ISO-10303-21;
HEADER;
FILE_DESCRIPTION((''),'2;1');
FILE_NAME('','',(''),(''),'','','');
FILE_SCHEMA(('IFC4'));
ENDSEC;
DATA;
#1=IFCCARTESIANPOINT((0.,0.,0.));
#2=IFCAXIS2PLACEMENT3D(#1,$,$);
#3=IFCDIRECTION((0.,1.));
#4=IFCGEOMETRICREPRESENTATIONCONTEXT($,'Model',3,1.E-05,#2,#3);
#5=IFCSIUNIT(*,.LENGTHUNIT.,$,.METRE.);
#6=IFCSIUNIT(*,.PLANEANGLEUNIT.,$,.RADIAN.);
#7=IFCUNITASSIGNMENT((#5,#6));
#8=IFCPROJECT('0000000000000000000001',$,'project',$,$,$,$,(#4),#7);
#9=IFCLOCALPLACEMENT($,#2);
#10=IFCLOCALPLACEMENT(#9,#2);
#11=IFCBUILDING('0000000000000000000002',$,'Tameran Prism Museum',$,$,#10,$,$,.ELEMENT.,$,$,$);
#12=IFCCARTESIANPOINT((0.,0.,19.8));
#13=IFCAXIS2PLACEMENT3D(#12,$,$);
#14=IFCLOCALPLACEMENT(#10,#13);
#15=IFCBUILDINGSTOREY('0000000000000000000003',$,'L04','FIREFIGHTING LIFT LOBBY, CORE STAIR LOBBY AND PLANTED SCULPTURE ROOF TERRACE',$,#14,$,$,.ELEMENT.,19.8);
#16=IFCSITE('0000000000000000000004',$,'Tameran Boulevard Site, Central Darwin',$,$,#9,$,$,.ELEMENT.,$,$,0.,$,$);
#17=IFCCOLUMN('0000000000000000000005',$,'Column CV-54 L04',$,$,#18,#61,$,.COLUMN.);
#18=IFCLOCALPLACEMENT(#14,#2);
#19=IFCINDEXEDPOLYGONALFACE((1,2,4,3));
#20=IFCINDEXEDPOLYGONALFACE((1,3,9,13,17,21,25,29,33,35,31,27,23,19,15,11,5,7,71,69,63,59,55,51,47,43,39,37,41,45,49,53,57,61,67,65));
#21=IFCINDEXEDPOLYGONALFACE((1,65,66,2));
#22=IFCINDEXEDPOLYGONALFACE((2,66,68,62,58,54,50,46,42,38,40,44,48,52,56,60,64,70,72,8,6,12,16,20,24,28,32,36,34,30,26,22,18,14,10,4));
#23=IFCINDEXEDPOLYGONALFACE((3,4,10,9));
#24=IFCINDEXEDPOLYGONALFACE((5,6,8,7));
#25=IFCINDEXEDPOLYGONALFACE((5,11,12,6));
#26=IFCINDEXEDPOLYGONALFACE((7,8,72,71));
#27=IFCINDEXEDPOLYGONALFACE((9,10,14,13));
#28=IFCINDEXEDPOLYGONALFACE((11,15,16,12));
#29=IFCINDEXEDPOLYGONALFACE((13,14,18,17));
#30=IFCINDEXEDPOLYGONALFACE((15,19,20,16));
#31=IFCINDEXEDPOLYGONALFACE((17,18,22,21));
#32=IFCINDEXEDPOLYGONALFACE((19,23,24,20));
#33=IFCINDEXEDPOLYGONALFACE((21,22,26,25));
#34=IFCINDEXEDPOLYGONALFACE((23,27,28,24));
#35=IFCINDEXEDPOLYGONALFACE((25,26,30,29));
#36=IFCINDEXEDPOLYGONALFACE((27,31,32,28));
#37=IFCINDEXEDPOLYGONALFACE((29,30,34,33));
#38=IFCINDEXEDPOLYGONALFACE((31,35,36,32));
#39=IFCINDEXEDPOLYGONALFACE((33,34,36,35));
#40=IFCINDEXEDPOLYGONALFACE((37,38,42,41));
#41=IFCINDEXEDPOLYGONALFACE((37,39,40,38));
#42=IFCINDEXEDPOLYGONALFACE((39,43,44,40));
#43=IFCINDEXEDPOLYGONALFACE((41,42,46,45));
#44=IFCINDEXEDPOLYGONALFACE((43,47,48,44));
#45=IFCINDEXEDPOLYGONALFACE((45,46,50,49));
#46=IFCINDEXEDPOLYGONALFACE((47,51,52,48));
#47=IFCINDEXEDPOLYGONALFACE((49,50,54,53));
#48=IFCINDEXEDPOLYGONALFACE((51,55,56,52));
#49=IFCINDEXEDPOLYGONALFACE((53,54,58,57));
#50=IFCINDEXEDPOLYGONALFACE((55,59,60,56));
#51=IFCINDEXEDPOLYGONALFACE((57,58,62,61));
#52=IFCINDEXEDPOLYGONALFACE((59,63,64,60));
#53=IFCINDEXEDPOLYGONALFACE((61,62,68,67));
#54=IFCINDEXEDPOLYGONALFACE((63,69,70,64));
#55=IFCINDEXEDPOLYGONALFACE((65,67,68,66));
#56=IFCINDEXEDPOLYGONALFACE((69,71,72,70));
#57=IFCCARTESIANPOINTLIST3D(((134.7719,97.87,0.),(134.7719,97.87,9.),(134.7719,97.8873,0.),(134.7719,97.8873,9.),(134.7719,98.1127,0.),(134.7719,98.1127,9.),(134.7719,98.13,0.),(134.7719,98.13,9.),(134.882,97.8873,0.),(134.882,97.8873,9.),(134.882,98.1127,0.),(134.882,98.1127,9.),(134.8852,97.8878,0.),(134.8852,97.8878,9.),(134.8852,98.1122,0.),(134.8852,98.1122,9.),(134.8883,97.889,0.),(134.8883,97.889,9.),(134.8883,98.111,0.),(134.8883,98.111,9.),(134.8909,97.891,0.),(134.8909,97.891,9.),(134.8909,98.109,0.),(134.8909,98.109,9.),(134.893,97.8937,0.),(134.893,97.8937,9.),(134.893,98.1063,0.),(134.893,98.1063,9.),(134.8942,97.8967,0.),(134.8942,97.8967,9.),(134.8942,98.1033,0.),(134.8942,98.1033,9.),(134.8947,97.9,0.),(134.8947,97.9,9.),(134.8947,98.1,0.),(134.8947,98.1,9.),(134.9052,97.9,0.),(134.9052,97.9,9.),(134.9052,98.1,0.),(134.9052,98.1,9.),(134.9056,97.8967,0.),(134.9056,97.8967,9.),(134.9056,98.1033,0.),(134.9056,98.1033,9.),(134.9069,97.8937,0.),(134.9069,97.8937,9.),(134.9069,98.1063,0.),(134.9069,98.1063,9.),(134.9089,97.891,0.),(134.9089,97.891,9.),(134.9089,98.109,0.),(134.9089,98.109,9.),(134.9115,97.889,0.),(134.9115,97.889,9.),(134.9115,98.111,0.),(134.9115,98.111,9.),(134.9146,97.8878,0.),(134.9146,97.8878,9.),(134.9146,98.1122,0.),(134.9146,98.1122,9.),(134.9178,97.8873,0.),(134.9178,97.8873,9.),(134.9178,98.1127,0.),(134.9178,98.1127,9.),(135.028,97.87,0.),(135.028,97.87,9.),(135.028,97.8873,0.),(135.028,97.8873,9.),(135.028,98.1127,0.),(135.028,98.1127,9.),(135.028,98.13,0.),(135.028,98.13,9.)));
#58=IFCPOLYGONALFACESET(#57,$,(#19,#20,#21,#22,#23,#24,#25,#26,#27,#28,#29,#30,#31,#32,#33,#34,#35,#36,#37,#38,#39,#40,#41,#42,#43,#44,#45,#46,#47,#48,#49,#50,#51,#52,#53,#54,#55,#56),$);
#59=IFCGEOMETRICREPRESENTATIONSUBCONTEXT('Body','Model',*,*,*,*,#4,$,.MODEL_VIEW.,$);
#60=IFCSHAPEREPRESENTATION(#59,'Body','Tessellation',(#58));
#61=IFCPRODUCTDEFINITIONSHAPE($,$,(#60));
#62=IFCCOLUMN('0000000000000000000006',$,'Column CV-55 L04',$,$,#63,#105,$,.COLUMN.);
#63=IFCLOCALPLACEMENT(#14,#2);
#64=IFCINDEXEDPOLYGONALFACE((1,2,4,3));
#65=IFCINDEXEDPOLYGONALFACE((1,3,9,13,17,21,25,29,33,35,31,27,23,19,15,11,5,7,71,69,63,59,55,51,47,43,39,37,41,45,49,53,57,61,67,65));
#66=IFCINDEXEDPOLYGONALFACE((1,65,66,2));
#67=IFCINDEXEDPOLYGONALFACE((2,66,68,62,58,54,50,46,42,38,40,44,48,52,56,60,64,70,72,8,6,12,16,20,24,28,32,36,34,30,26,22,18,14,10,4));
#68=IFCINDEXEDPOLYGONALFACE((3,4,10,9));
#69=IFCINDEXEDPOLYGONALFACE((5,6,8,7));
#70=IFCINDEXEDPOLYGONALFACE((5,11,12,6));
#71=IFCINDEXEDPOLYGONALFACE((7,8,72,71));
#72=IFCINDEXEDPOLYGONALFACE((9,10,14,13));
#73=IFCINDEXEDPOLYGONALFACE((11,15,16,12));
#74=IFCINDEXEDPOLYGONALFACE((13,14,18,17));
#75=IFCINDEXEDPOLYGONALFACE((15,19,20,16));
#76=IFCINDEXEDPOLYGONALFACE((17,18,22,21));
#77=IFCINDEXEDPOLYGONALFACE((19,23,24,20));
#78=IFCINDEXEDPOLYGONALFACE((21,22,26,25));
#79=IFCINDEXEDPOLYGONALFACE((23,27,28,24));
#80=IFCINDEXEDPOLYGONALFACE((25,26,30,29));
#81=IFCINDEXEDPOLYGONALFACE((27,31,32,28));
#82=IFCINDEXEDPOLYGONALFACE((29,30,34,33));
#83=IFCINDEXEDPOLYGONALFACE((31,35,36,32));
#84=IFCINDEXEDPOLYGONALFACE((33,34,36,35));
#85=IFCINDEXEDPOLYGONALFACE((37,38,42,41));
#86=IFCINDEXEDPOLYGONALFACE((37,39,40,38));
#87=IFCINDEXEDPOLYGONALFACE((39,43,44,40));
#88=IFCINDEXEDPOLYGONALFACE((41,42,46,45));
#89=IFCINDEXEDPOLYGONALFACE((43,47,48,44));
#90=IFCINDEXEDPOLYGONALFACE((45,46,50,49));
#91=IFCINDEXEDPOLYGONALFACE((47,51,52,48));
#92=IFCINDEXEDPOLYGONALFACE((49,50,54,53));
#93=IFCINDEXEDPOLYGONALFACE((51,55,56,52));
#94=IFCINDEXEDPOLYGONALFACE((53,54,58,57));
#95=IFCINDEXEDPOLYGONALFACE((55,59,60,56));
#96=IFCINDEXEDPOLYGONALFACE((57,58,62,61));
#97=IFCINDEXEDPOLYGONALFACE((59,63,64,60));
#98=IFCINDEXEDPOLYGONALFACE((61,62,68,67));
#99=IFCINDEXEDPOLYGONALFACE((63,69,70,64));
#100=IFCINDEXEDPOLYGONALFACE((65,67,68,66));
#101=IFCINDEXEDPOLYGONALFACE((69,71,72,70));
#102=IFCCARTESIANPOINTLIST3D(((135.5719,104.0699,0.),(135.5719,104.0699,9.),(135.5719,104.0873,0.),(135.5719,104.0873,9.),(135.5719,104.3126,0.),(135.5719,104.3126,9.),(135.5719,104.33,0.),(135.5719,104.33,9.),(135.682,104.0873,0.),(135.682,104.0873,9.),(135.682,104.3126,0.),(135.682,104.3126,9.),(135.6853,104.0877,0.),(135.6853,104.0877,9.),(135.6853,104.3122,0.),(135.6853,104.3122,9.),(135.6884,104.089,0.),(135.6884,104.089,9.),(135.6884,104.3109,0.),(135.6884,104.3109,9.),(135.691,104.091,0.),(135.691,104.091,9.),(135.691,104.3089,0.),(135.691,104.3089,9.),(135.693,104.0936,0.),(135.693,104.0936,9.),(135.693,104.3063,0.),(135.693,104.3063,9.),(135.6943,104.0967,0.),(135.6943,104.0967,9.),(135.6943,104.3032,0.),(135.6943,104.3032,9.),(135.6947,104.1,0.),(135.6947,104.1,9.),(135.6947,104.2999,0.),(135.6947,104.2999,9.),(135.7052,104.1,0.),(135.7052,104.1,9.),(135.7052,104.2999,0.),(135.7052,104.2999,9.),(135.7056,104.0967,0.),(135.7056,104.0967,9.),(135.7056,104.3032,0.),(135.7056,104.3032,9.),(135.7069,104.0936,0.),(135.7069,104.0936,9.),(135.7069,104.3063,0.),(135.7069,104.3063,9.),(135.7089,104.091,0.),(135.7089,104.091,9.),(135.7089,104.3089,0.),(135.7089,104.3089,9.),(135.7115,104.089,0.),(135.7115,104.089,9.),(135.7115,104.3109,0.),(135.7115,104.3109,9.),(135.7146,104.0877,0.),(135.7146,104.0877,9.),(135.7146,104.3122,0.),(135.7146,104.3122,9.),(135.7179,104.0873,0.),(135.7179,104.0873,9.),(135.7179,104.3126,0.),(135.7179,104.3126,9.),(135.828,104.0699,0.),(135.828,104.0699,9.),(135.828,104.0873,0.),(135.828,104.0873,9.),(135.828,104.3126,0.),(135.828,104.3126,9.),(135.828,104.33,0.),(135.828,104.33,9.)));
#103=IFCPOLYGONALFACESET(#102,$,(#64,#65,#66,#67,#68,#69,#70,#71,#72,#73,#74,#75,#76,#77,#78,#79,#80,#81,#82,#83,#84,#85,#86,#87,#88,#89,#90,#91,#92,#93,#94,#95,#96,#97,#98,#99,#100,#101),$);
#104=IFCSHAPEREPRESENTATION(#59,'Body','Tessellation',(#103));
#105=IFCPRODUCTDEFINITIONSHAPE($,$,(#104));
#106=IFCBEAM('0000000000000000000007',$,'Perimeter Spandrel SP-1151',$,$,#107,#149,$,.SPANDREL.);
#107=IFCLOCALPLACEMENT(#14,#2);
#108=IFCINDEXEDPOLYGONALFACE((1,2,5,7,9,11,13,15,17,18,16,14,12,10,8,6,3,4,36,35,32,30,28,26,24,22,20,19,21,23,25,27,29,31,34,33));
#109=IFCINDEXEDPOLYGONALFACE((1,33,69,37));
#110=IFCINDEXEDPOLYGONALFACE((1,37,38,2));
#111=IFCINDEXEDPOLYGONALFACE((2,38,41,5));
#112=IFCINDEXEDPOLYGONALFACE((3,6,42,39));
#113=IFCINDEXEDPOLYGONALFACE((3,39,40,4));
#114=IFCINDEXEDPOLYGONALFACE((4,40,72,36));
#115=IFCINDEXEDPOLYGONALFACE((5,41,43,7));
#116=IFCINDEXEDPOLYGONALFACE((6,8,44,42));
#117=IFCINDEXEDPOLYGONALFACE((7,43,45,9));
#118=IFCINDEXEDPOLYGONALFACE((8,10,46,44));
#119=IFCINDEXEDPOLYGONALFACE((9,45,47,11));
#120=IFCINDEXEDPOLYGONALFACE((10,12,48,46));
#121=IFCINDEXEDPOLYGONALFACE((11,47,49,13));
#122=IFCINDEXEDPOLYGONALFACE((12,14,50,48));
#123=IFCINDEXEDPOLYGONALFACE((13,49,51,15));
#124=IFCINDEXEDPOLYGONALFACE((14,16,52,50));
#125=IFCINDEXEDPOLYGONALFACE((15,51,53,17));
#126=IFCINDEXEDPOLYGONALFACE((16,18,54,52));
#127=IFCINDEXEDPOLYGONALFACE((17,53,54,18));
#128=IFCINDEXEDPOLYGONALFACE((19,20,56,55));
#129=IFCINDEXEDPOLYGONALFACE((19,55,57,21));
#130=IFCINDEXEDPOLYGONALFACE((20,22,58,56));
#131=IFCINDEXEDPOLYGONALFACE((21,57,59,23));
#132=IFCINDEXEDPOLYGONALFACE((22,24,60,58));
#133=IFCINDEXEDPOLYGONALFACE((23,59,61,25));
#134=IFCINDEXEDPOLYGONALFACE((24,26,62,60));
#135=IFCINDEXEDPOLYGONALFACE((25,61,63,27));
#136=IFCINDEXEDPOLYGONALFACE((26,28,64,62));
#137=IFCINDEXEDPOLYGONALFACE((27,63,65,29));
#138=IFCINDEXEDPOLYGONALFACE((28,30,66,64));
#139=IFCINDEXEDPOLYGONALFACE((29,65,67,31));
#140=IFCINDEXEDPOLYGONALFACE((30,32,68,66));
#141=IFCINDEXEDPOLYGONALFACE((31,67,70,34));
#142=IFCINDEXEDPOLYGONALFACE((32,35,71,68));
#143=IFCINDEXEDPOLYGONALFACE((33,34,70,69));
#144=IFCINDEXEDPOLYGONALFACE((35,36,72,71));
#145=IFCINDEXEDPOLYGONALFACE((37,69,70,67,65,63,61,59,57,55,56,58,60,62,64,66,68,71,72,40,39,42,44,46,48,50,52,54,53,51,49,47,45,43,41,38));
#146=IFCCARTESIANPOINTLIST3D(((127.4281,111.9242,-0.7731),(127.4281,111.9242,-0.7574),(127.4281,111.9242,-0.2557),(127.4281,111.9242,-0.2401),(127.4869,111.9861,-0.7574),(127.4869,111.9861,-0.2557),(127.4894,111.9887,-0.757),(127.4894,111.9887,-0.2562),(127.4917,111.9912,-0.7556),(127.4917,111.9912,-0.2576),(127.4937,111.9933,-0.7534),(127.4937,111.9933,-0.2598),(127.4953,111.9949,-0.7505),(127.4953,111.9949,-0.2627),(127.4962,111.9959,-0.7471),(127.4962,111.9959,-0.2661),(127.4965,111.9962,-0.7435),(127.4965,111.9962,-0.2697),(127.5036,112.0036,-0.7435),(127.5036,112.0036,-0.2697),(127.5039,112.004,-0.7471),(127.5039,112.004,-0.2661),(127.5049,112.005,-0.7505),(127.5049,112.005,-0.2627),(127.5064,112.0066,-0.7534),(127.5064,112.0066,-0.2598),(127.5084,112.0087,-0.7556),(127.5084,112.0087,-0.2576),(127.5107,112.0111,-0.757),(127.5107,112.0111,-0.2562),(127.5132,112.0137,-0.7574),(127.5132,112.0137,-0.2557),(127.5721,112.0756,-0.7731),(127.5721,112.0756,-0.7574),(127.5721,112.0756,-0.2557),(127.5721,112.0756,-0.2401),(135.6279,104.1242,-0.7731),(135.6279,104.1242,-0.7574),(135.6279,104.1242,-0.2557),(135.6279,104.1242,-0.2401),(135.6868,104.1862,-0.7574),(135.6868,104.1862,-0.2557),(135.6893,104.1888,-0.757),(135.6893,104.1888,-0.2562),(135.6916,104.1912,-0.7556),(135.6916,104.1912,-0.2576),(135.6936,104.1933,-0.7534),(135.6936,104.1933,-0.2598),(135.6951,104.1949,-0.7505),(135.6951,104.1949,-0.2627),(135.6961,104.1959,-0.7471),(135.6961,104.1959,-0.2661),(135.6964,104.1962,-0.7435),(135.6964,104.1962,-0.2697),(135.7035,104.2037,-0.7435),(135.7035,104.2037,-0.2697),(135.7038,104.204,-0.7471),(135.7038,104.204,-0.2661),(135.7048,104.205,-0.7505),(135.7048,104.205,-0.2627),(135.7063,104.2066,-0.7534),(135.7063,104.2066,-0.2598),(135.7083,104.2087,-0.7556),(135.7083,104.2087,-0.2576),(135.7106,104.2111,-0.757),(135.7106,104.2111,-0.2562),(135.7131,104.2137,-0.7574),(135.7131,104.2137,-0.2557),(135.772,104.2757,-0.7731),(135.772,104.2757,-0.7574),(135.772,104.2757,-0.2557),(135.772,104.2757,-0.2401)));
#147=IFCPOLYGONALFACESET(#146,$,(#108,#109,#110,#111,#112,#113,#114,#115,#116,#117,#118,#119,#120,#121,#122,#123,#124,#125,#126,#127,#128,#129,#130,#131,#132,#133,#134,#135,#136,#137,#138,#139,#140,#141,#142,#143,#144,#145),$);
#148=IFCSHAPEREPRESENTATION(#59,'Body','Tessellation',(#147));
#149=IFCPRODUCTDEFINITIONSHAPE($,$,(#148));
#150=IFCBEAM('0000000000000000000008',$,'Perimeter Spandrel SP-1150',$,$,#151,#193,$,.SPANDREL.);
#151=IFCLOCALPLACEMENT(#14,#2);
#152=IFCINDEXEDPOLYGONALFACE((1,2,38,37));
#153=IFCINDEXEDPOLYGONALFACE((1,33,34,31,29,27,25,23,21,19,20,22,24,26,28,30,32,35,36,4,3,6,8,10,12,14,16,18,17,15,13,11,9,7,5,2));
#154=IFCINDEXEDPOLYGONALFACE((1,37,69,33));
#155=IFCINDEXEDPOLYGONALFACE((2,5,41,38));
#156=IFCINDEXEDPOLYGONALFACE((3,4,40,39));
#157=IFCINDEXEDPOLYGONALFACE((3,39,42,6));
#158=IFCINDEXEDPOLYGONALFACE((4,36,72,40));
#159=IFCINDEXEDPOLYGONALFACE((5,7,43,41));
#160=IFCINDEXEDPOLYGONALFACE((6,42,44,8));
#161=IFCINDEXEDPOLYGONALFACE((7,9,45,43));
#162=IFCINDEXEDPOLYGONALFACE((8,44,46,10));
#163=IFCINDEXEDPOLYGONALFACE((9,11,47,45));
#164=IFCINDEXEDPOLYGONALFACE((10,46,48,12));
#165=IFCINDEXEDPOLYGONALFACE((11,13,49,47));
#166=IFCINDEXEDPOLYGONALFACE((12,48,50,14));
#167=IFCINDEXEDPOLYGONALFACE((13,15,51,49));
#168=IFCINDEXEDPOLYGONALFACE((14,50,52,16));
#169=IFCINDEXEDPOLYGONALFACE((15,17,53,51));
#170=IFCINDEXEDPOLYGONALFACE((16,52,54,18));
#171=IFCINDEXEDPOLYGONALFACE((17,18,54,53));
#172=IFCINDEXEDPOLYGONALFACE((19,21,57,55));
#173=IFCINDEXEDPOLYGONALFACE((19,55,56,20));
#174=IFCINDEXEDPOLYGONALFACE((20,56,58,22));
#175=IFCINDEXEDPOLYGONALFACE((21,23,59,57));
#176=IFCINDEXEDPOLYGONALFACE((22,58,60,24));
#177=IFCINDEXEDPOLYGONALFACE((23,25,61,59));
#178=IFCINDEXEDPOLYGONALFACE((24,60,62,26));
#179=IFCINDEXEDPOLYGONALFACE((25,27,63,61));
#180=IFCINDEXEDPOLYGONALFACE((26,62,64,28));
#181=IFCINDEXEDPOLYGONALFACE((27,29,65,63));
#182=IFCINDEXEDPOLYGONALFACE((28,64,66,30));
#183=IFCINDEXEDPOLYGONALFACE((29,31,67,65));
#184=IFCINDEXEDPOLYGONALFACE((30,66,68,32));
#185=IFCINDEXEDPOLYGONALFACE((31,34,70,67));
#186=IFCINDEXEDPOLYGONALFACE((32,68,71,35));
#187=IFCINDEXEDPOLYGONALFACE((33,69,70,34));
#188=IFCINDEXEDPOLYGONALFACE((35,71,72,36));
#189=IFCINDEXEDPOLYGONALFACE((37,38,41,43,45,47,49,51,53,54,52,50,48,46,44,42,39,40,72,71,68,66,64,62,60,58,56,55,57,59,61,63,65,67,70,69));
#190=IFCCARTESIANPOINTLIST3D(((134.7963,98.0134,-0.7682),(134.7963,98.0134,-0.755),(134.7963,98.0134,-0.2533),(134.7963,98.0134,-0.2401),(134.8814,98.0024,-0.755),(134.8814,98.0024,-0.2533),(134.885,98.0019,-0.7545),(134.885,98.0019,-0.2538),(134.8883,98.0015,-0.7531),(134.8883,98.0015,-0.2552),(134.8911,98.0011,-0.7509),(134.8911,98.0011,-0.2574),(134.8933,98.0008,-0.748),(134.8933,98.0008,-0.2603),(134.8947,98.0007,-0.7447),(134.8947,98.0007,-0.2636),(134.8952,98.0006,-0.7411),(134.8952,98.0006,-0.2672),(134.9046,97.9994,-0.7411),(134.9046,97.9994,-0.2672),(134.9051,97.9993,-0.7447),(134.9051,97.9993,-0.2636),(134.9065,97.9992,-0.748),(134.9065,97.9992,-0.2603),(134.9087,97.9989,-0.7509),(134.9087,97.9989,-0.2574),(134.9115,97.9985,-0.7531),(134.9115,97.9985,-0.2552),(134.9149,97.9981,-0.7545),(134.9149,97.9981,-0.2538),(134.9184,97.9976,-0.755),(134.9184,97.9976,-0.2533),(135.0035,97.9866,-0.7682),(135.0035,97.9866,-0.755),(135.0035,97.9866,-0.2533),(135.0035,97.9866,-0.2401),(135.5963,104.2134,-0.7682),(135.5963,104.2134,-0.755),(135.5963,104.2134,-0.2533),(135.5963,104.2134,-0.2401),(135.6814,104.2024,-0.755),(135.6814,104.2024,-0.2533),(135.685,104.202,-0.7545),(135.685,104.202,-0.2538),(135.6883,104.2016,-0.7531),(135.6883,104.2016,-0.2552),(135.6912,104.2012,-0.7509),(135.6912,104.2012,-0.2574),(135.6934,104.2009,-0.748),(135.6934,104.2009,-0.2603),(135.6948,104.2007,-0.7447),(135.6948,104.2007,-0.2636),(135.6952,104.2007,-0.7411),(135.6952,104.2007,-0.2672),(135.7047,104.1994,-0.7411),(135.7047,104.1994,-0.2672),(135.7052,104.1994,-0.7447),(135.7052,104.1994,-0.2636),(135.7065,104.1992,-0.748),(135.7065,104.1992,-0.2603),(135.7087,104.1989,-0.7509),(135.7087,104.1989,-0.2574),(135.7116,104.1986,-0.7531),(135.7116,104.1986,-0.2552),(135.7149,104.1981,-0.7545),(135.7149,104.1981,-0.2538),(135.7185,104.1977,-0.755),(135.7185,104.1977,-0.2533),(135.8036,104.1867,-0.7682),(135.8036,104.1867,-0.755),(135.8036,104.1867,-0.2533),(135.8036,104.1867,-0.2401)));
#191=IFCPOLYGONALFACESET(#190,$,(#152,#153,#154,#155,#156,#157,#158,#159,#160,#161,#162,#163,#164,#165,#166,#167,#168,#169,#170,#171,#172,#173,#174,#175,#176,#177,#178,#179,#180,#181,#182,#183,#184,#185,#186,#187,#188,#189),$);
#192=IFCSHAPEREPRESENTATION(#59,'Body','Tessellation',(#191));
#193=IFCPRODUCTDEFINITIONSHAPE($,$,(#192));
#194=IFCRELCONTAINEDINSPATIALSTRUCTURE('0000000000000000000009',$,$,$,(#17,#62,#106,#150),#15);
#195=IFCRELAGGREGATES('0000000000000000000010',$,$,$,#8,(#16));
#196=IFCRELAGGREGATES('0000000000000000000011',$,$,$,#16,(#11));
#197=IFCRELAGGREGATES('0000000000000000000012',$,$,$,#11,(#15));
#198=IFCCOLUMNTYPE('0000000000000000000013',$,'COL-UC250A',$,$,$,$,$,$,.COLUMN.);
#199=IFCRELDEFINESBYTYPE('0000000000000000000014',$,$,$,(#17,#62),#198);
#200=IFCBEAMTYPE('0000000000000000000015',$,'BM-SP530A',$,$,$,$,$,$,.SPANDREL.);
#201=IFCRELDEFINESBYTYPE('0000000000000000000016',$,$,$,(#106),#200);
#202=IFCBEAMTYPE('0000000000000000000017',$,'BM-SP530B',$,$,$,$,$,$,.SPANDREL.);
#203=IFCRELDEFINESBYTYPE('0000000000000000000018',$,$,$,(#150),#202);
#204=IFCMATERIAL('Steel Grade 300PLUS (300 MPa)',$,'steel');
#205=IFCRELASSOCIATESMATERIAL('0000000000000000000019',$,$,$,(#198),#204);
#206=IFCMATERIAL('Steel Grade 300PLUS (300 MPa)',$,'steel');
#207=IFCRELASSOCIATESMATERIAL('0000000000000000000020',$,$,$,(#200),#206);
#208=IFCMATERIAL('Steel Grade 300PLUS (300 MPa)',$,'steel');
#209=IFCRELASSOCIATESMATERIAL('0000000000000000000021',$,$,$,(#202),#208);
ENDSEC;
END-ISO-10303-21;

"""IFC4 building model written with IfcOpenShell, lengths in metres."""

from ifc_helpers import new_model, si_unit, direction, frame, origin, origin_2d, place, context, subcontext, project, spatial, i_section, extrude, material, material_profile, profile_set, type_object, element, save


model = new_model("IFC4")

# Units and contexts
model_context = context("Model", 3, precision=1e-05, world=origin(), true_north=direction((0.0, 1.0)))
body_context = subcontext(model_context, "Body", "Model", "MODEL_VIEW")
ifc_project = project(units=[si_unit("LENGTHUNIT", "METRE"), si_unit("PLANEANGLEUNIT", "RADIAN")], contexts=[model_context])

# Site, building, storey
site_placement = place(None, origin())
site = spatial("IfcSite", under=ifc_project, at=site_placement, Name="Tameran Boulevard Site, Central Darwin", CompositionType="ELEMENT", RefElevation=0.0)
building_placement = place(site_placement, origin())
building = spatial("IfcBuilding", under=site, at=building_placement, Name="Tameran Prism Museum", CompositionType="ELEMENT")
storey_placement = place(building_placement, frame((0.0, 0.0, 19.8)))
storey = spatial("IfcBuildingStorey", under=building, at=storey_placement, Name="L04", Description="FIREFIGHTING LIFT LOBBY, CORE STAIR LOBBY AND PLANTED SCULPTURE ROOF TERRACE", CompositionType="ELEMENT", Elevation=19.8)

# Columns
ifc_material_1 = material(Name="Steel Grade 300PLUS (300 MPa)", Category="steel")
ifc_material_profile_1 = material_profile(ifc_material_1, i_section(OverallWidth=0.2561, OverallDepth=0.26, WebThickness=0.0105, FlangeThickness=0.0173, FilletRadius=0.0127, at=origin_2d()))
ifc_profile_set_1 = profile_set([ifc_material_profile_1])
column_type = type_object("IfcColumnType", Name="COL-UC250A", PredefinedType="COLUMN", material=ifc_profile_set_1)
for number, where, z_axis, x_axis, name in (
    (1, (134.8999, 98.0, 0.0), (0.0, 0.0, 1.0), (1.0, 0.0, 0.0), "Column CV-54 L04"),
    (2, (135.7, 104.2, 0.0), (0.0, 0.0, 1.0), (1.0, 0.0, 0.0), "Column CV-55 L04"),
):
    element("IfcColumn", number, at=place(storey_placement, frame(where, z_axis=z_axis, x_axis=x_axis)), inside=storey, type_object=column_type, Name=name, PredefinedType="COLUMN", context=body_context, shape_type="SweptSolid", body=[
        extrude(i_section(OverallWidth=0.2561, OverallDepth=0.26, WebThickness=0.0105, FlangeThickness=0.0173, FilletRadius=0.0127, at=origin_2d()), origin(), (0.0, 0.0, 1.0), 9.0),
    ])

# Beams
ifc_material_2 = material(Name="Steel Grade 300PLUS (300 MPa)", Category="steel")
ifc_material_profile_2 = material_profile(ifc_material_2, i_section(OverallWidth=0.209, OverallDepth=0.533, WebThickness=0.0103, FlangeThickness=0.0156, FilletRadius=0.0139, at=origin_2d()))
ifc_profile_set_2 = profile_set([ifc_material_profile_2])
beam_type_1 = type_object("IfcBeamType", Name="BM-SP530A", PredefinedType="SPANDREL", material=ifc_profile_set_2)
beam_1_placement = place(storey_placement, frame((135.7, 104.2, -0.5066), z_axis=(-0.724554, 0.689218, 0.0), x_axis=(-0.689218, -0.724554, 0.0)))
element("IfcBeam", 3, at=beam_1_placement, inside=storey, type_object=beam_type_1, Name="Perimeter Spandrel SP-1151", PredefinedType="SPANDREL", context=body_context, shape_type="SweptSolid", body=[
    extrude(i_section(OverallWidth=0.209, OverallDepth=0.533, WebThickness=0.0103, FlangeThickness=0.0156, FilletRadius=0.0139, at=origin_2d()), origin(), (0.0, 0.0, 1.0), 11.3171),
])
ifc_material_3 = material(Name="Steel Grade 300PLUS (300 MPa)", Category="steel")
ifc_material_profile_3 = material_profile(ifc_material_3, i_section(OverallWidth=0.209, OverallDepth=0.5281, WebThickness=0.0095, FlangeThickness=0.0132, FilletRadius=0.0139, at=origin_2d()))
ifc_profile_set_3 = profile_set([ifc_material_profile_3])
beam_type_2 = type_object("IfcBeamType", Name="BM-SP530B", PredefinedType="SPANDREL", material=ifc_profile_set_3)
beam_2_placement = place(storey_placement, frame((134.8999, 98.0, -0.5042), z_axis=(0.12798, 0.991777, 0.0), x_axis=(-0.991777, 0.12798, 0.0)))
element("IfcBeam", 4, at=beam_2_placement, inside=storey, type_object=beam_type_2, Name="Perimeter Spandrel SP-1150", PredefinedType="SPANDREL", context=body_context, shape_type="SweptSolid", body=[
    extrude(i_section(OverallWidth=0.209, OverallDepth=0.5281, WebThickness=0.0095, FlangeThickness=0.0132, FilletRadius=0.0139, at=origin_2d()), origin(), (0.0, 0.0, 1.0), 6.2515),
])

save(model, "model.ifc")
